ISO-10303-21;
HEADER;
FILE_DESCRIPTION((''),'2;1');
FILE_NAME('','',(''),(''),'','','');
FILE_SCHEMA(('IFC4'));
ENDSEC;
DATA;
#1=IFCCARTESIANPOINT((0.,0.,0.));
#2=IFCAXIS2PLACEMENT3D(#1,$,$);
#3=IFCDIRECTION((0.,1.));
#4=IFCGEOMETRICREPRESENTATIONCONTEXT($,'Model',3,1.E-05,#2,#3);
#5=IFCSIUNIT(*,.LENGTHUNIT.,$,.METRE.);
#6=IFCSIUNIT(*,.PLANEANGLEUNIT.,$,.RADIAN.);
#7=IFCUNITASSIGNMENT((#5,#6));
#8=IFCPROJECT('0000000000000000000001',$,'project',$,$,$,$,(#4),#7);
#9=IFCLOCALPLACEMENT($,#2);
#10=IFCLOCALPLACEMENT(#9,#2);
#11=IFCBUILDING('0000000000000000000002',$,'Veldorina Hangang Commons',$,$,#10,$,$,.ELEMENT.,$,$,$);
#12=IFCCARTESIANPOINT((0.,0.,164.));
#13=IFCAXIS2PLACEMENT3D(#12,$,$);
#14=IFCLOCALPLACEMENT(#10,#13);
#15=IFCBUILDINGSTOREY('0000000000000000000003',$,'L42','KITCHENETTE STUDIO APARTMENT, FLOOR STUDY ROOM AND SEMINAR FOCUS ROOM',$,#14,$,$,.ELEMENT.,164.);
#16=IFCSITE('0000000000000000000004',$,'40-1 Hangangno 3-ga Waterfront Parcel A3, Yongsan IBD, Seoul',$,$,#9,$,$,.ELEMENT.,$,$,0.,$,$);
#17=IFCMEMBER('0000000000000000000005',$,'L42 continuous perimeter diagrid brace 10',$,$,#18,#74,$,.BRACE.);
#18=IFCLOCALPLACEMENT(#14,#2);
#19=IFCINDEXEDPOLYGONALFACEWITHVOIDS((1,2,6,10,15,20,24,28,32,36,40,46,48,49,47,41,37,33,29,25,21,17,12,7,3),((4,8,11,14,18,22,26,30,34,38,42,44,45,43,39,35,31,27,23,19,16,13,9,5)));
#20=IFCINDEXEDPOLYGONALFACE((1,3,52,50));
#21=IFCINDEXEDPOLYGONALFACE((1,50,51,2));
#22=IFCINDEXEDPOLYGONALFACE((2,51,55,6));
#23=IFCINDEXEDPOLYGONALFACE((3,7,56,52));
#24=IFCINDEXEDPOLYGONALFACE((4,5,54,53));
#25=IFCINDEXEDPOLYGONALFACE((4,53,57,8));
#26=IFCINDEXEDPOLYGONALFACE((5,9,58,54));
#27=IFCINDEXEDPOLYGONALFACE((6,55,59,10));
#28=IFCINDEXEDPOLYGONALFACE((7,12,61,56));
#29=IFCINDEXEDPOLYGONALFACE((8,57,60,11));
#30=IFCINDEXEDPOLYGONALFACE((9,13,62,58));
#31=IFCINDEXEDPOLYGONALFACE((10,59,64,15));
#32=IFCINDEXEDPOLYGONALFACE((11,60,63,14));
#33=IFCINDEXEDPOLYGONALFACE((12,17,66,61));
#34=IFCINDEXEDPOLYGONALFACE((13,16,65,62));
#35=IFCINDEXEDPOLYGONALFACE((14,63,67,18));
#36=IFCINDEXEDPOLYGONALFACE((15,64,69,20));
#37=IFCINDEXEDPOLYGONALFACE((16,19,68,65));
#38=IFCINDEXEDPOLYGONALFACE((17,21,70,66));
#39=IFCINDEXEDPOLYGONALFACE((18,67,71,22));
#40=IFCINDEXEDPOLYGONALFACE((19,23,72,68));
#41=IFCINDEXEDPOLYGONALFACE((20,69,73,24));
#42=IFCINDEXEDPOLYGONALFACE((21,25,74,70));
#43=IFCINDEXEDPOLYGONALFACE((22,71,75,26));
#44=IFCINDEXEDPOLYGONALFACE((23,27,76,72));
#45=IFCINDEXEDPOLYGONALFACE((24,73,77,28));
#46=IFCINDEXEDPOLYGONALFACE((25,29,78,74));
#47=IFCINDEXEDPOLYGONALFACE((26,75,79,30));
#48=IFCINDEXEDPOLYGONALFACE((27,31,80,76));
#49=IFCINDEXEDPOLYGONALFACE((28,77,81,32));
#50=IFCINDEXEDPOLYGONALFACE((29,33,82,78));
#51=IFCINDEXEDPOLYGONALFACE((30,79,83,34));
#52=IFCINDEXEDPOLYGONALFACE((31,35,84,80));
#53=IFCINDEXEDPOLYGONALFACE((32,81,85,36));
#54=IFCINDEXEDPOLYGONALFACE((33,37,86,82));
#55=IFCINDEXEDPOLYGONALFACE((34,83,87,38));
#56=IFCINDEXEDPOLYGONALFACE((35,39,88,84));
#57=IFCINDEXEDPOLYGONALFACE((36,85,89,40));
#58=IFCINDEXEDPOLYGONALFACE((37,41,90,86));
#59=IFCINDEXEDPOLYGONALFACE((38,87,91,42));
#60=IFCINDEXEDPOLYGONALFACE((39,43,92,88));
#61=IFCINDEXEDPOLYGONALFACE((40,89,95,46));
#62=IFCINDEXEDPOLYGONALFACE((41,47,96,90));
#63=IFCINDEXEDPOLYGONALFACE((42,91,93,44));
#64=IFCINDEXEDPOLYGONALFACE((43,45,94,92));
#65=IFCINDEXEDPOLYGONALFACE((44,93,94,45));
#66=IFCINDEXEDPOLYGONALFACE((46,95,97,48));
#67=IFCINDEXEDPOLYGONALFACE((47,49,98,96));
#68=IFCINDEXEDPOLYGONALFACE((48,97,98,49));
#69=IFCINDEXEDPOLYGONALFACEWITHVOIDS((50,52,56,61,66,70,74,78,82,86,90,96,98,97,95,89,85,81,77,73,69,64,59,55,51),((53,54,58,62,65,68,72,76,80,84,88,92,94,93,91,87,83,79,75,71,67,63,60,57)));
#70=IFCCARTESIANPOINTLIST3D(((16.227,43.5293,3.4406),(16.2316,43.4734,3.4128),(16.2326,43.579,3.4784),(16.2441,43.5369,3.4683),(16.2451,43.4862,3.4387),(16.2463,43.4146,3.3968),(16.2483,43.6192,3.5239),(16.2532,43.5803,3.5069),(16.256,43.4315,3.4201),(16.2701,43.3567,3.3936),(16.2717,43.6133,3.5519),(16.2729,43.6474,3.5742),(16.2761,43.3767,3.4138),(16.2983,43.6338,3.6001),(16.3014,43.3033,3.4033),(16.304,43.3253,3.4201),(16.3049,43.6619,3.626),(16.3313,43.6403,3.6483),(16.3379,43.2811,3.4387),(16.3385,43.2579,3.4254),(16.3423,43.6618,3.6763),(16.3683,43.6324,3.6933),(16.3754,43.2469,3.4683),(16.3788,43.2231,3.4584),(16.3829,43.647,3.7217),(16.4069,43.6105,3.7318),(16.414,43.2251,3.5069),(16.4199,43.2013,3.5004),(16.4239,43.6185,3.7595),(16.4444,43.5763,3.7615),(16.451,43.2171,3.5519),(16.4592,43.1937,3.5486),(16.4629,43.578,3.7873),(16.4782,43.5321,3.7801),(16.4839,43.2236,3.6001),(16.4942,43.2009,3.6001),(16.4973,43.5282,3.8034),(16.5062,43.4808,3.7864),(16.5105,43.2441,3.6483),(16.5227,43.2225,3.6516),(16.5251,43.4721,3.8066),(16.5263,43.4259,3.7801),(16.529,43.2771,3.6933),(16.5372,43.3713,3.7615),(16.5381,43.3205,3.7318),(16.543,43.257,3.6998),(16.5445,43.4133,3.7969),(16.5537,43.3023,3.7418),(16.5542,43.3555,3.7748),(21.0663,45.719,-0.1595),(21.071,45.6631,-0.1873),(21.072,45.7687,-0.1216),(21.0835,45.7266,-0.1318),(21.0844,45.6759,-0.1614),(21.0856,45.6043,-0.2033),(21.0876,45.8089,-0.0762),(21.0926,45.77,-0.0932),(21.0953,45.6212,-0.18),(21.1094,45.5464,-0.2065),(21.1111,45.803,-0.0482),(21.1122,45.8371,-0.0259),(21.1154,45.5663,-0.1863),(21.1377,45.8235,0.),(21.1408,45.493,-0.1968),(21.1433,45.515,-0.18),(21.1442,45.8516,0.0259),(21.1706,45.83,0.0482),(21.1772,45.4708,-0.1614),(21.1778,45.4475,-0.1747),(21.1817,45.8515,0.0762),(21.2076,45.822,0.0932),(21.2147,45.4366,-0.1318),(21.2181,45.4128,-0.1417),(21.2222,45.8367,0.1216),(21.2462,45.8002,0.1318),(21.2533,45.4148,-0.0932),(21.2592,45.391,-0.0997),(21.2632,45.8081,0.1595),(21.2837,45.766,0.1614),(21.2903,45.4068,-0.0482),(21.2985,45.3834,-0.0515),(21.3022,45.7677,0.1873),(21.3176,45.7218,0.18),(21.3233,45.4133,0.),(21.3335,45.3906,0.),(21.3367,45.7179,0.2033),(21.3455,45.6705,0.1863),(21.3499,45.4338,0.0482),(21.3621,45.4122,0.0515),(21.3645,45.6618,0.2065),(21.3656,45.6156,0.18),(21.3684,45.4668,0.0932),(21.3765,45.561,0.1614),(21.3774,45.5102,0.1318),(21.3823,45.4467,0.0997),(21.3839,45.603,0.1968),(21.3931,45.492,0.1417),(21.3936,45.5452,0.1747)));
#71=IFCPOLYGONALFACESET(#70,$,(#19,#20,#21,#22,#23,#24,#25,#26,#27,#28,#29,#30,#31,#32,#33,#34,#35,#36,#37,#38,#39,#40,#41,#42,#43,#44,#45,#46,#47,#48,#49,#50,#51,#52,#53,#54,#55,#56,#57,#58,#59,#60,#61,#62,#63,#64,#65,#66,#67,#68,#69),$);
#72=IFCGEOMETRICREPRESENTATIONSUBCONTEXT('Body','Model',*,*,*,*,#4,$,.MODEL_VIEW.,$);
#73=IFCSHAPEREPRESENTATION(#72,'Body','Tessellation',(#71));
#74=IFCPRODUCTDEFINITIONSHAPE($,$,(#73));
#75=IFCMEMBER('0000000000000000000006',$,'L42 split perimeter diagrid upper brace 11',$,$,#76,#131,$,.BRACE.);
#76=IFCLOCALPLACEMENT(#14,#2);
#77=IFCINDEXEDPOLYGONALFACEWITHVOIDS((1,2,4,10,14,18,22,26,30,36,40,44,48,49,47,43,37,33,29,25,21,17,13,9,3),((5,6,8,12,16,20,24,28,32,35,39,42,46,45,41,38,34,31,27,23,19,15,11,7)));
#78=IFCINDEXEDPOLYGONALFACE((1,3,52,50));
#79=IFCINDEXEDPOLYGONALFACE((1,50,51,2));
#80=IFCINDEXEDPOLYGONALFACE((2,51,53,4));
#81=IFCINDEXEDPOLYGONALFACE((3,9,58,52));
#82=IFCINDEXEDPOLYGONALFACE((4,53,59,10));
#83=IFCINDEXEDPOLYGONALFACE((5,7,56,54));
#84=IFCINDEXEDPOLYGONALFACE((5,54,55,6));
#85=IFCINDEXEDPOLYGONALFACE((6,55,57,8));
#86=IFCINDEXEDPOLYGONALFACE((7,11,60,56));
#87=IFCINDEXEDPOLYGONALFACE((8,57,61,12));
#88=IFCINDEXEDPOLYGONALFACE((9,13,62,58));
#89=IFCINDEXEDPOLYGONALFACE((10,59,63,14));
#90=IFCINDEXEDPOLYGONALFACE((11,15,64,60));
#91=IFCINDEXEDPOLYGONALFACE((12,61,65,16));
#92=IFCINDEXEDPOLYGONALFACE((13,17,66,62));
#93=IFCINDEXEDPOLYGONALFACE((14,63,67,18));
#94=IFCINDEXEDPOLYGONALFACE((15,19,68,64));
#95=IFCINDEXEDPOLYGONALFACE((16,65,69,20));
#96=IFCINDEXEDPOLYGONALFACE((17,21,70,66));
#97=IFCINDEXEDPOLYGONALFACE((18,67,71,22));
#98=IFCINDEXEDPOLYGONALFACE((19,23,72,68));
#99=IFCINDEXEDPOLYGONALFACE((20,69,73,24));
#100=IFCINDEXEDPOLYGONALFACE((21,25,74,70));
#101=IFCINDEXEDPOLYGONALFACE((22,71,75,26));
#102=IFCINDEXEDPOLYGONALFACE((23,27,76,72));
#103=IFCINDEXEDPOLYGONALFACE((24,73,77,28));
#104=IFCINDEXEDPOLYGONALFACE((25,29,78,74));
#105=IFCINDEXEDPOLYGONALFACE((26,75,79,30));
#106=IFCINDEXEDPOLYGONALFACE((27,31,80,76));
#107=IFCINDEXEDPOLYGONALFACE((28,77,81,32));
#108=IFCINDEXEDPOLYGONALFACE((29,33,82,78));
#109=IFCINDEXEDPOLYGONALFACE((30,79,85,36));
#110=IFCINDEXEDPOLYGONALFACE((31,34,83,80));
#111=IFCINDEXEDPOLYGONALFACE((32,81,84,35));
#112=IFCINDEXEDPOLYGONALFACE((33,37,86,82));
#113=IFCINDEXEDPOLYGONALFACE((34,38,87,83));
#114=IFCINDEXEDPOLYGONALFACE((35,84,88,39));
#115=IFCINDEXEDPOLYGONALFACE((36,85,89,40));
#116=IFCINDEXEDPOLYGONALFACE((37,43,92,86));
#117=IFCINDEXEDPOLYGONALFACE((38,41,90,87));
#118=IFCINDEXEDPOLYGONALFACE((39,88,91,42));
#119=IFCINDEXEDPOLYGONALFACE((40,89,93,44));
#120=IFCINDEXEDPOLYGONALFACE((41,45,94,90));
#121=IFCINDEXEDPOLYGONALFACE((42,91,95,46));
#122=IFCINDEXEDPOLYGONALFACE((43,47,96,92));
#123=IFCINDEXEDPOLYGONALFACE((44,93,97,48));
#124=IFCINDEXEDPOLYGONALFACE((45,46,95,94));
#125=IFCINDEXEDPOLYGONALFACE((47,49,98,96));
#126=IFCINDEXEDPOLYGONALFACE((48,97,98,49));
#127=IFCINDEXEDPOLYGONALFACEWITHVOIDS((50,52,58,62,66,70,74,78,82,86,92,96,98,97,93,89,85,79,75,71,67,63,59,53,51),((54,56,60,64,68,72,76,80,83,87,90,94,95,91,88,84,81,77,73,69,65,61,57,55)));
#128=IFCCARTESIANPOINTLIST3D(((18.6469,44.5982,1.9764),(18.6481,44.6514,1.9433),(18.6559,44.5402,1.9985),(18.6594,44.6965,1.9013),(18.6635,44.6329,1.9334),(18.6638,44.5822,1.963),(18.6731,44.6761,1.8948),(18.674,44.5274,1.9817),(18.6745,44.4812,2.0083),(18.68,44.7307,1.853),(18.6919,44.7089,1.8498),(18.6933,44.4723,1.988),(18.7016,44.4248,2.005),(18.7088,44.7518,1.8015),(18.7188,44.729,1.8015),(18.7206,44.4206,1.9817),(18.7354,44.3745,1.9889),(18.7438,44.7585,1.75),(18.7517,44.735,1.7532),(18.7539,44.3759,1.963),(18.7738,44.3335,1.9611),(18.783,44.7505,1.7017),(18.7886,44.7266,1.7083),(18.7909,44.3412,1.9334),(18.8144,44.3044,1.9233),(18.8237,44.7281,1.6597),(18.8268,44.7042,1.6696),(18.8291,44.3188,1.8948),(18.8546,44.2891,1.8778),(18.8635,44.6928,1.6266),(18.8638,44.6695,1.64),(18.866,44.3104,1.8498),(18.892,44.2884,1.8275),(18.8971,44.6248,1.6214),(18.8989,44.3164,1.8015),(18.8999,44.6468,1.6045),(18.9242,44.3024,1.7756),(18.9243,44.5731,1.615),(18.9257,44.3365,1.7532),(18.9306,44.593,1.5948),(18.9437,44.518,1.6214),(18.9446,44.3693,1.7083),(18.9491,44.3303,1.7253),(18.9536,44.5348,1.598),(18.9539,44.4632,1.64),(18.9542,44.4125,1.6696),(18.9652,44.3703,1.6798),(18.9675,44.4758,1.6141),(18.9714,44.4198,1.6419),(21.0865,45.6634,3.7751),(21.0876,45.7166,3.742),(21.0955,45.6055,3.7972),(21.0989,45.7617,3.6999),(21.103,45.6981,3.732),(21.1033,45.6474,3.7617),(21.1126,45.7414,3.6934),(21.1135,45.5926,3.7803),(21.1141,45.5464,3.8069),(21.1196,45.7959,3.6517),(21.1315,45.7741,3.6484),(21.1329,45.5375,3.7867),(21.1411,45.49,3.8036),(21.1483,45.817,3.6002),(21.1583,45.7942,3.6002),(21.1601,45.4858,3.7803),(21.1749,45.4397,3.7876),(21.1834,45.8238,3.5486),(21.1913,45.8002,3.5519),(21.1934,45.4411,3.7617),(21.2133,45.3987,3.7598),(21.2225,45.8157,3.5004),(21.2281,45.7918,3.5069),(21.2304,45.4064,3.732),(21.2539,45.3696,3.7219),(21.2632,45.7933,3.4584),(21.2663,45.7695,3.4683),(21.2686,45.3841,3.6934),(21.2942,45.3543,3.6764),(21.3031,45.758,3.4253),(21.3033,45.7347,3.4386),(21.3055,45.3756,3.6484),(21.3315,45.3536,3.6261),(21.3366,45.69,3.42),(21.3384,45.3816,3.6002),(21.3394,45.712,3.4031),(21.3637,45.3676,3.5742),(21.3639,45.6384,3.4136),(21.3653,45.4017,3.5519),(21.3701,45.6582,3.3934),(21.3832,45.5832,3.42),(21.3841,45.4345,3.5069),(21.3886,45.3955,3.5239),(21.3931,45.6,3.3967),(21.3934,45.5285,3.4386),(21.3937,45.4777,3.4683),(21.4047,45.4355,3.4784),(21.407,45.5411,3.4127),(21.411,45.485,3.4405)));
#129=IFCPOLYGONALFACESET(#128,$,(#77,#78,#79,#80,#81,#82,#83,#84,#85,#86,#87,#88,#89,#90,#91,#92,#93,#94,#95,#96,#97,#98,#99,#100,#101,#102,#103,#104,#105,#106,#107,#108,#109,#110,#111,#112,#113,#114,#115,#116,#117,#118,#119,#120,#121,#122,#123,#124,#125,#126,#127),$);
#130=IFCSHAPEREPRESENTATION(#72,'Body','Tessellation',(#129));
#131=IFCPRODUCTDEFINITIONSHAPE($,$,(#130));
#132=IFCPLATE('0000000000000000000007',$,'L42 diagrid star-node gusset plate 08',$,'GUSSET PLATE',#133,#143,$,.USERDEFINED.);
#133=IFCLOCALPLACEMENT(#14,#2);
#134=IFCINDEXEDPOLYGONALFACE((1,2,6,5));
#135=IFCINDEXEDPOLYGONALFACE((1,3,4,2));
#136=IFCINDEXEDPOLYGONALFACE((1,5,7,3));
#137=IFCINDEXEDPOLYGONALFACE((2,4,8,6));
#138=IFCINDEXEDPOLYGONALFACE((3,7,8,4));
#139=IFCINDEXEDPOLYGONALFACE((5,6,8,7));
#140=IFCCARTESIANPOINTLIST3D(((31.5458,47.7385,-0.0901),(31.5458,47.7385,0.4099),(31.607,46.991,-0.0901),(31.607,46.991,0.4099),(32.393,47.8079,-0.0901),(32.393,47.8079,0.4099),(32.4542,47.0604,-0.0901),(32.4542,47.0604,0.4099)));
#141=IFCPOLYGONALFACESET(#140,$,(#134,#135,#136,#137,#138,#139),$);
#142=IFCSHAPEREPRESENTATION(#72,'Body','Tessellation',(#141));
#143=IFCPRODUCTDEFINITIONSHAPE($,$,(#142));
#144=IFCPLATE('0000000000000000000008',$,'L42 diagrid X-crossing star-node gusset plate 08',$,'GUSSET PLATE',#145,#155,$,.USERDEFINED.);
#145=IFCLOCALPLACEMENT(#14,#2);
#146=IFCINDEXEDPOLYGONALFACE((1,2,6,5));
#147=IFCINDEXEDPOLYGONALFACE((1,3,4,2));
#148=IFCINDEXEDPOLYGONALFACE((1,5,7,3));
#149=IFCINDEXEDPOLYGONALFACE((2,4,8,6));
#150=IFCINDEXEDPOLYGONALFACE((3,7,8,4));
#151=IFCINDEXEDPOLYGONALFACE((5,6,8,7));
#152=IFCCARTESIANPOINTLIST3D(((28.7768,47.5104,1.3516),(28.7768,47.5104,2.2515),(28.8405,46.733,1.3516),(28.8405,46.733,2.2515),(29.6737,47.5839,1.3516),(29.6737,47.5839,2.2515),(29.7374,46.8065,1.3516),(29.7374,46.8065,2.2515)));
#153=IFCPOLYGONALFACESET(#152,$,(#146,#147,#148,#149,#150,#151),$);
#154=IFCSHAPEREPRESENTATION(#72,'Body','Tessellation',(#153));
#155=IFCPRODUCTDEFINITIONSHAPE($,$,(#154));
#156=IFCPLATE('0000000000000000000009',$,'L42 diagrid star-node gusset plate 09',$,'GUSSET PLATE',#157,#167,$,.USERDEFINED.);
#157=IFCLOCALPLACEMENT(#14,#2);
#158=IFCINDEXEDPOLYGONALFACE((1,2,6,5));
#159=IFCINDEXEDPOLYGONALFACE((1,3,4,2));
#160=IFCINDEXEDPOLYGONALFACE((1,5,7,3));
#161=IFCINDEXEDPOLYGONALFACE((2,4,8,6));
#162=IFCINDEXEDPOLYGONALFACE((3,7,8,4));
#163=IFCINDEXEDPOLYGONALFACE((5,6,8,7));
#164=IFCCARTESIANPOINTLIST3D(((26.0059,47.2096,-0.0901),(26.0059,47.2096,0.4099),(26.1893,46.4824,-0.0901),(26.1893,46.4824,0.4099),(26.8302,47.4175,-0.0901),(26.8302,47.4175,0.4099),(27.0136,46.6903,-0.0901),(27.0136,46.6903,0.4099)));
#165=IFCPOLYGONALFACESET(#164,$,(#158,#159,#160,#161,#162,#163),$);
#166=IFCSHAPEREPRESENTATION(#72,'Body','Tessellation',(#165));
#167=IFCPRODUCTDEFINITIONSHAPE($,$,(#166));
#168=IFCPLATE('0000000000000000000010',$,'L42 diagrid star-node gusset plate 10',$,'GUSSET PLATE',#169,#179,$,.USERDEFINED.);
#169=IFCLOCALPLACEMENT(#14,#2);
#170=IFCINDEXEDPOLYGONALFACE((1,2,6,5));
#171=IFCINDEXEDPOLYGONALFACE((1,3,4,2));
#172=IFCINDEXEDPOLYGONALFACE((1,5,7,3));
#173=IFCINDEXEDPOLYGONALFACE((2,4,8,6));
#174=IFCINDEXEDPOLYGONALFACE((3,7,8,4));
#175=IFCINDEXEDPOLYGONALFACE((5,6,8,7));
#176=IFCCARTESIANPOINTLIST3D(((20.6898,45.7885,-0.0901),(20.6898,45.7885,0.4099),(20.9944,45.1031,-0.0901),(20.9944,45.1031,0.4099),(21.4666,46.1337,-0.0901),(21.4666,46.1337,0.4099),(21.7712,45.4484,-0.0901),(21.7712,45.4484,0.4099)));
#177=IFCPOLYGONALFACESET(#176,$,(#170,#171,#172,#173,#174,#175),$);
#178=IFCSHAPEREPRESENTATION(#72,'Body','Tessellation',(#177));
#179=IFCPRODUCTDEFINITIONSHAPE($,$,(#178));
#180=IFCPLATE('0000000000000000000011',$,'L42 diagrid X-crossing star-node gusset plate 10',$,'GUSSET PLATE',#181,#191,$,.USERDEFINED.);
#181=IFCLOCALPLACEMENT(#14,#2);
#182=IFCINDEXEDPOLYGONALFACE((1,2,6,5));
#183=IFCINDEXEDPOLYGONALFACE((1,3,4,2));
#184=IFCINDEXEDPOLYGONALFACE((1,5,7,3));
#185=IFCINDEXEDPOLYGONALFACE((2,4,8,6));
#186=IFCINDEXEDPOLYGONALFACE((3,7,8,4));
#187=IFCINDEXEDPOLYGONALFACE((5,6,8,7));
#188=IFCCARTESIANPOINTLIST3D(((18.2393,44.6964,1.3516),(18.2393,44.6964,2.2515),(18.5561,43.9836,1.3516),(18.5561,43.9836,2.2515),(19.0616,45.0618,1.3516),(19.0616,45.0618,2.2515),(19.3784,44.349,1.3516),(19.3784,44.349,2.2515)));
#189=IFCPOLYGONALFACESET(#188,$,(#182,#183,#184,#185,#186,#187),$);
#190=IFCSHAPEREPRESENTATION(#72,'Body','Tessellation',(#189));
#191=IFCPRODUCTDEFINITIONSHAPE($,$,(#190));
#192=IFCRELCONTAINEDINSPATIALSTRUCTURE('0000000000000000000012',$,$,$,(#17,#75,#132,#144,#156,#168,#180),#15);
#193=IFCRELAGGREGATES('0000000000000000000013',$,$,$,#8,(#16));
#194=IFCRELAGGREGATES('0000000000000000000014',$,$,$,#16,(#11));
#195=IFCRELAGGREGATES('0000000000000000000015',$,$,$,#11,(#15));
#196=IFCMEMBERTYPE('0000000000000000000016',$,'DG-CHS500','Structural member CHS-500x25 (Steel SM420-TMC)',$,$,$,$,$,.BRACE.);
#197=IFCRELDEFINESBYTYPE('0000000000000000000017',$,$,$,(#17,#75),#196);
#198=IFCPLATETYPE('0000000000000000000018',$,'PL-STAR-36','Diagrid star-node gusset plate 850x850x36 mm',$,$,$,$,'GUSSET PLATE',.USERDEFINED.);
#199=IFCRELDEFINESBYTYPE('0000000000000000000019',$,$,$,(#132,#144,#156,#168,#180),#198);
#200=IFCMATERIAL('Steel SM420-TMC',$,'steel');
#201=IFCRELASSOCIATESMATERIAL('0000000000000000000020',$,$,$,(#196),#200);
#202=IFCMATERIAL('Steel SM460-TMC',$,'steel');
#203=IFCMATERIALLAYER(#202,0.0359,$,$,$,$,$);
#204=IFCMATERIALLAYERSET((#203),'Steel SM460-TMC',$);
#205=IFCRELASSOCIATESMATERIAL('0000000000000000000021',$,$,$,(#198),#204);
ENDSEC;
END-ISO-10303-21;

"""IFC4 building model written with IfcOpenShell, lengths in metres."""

from ifc_helpers import new_model, si_unit, direction, frame, origin, origin_2d, place, context, subcontext, project, spatial, rectangle, hollow_circle, extrude, material, layer, layer_set, material_profile, profile_set, type_object, element, save


model = new_model("IFC4")

# Units and contexts
model_context = context("Model", 3, precision=1e-05, world=origin(), true_north=direction((0.0, 1.0)))
body_context = subcontext(model_context, "Body", "Model", "MODEL_VIEW")
ifc_project = project(units=[si_unit("LENGTHUNIT", "METRE"), si_unit("PLANEANGLEUNIT", "RADIAN")], contexts=[model_context])

# Site, building, storey
site_placement = place(None, origin())
site = spatial("IfcSite", under=ifc_project, at=site_placement, Name="40-1 Hangangno 3-ga Waterfront Parcel A3, Yongsan IBD, Seoul", CompositionType="ELEMENT", RefElevation=0.0)
building_placement = place(site_placement, origin())
building = spatial("IfcBuilding", under=site, at=building_placement, Name="Veldorina Hangang Commons", CompositionType="ELEMENT")
storey_placement = place(building_placement, frame((0.0, 0.0, 164.0)))
storey = spatial("IfcBuildingStorey", under=building, at=storey_placement, Name="L42", Description="KITCHENETTE STUDIO APARTMENT, FLOOR STUDY ROOM AND SEMINAR FOCUS ROOM", CompositionType="ELEMENT", Elevation=164.0)

# Shared definitions
ifc_material_1 = material(Name="Steel SM420-TMC", Category="steel")

# Members
ifc_material_profile_1 = material_profile(ifc_material_1, hollow_circle(Radius=0.25, WallThickness=0.0249, at=origin_2d()), Name="CHS-500x25")
ifc_profile_set_1 = profile_set([ifc_material_profile_1], Name="Steel SM420-TMC")
member_type = type_object("IfcMemberType", Name="DG-CHS500", Description="Structural member CHS-500x25 (Steel SM420-TMC)", PredefinedType="BRACE", material=ifc_profile_set_1)
member_1_placement = place(storey_placement, frame((21.2305, 45.6184, 0.0), z_axis=(-0.754174, -0.341246, 0.561046), x_axis=(0.412241, -0.911075, 0.0)))
element("IfcMember", 1, at=member_1_placement, inside=storey, type_object=member_type, Name="L42 continuous perimeter diagrid brace 10", PredefinedType="BRACE", context=body_context, shape_type="SweptSolid", body=[
    extrude(hollow_circle(Radius=0.25, WallThickness=0.0249, at=origin_2d()), origin(), (0.0, 0.0, 1.0), 6.4167),
])
member_2_placement = place(storey_placement, frame((18.8088, 44.5227, 1.8015), z_axis=(0.759352, 0.33157, 0.559862), x_axis=(-0.400164, 0.916443, 0.0)))
element("IfcMember", 2, at=member_2_placement, inside=storey, type_object=member_type, Name="L42 split perimeter diagrid upper brace 11", PredefinedType="BRACE", context=body_context, shape_type="SweptSolid", body=[
    extrude(hollow_circle(Radius=0.25, WallThickness=0.0249, at=origin_2d()), origin(), (0.0, 0.0, 1.0), 3.2126),
])

# Plates
ifc_material_2 = material(Name="Steel SM460-TMC", Category="steel")
ifc_layer_1 = layer(ifc_material_2, 0.0359)
ifc_layer_set_1 = layer_set([ifc_layer_1], Name="Steel SM460-TMC")
plate_type = type_object("IfcPlateType", Name="PL-STAR-36", Description="Diagrid star-node gusset plate 850x850x36 mm", ElementType="GUSSET PLATE", PredefinedType="USERDEFINED", material=ifc_layer_set_1)
plate_1_placement = place(storey_placement, frame((32.0, 47.3994, -0.0901), z_axis=(0.0, 0.0, 1.0), x_axis=(-0.996665, -0.081608, 0.0)))
element("IfcPlate", 3, at=plate_1_placement, inside=storey, type_object=plate_type, Name="L42 diagrid star-node gusset plate 08", ObjectType="GUSSET PLATE", PredefinedType="USERDEFINED", context=body_context, shape_type="SweptSolid", body=[
    extrude(rectangle(XDim=0.8501, YDim=0.75, at=origin_2d()), origin(), (0.0, 0.0, 1.0), 0.5),
])
plate_2_placement = place(storey_placement, frame((29.2571, 47.1584, 1.3516), z_axis=(0.0, 0.0, 1.0), x_axis=(-0.996665, -0.081608, 0.0)))
element("IfcPlate", 4, at=plate_2_placement, inside=storey, type_object=plate_type, Name="L42 diagrid X-crossing star-node gusset plate 08", ObjectType="GUSSET PLATE", PredefinedType="USERDEFINED", context=body_context, shape_type="SweptSolid", body=[
    extrude(rectangle(XDim=0.8999, YDim=0.78, at=origin_2d()), origin(), (0.0, 0.0, 1.0), 0.8999),
])
for number, where, z_axis, x_axis, name in (
    (5, (26.5098, 46.95, -0.0901), (0.0, 0.0, 1.0), (-0.969633, -0.244563, 0.0), "L42 diagrid star-node gusset plate 09"),
    (6, (21.2305, 45.6184, -0.0901), (0.0, 0.0, 1.0), (-0.913815, -0.406131, 0.0), "L42 diagrid star-node gusset plate 10"),
):
    element("IfcPlate", number, at=place(storey_placement, frame(where, z_axis=z_axis, x_axis=x_axis)), inside=storey, type_object=plate_type, Name=name, ObjectType="GUSSET PLATE", PredefinedType="USERDEFINED", context=body_context, shape_type="SweptSolid", body=[
        extrude(rectangle(XDim=0.8501, YDim=0.75, at=origin_2d()), origin(), (0.0, 0.0, 1.0), 0.5),
    ])
plate_3_placement = place(storey_placement, frame((18.8088, 44.5227, 1.3516), z_axis=(0.0, 0.0, 1.0), x_axis=(-0.913815, -0.406131, 0.0)))
element("IfcPlate", 7, at=plate_3_placement, inside=storey, type_object=plate_type, Name="L42 diagrid X-crossing star-node gusset plate 10", ObjectType="GUSSET PLATE", PredefinedType="USERDEFINED", context=body_context, shape_type="SweptSolid", body=[
    extrude(rectangle(XDim=0.8999, YDim=0.78, at=origin_2d()), origin(), (0.0, 0.0, 1.0), 0.8999),
])

save(model, "model.ifc")
